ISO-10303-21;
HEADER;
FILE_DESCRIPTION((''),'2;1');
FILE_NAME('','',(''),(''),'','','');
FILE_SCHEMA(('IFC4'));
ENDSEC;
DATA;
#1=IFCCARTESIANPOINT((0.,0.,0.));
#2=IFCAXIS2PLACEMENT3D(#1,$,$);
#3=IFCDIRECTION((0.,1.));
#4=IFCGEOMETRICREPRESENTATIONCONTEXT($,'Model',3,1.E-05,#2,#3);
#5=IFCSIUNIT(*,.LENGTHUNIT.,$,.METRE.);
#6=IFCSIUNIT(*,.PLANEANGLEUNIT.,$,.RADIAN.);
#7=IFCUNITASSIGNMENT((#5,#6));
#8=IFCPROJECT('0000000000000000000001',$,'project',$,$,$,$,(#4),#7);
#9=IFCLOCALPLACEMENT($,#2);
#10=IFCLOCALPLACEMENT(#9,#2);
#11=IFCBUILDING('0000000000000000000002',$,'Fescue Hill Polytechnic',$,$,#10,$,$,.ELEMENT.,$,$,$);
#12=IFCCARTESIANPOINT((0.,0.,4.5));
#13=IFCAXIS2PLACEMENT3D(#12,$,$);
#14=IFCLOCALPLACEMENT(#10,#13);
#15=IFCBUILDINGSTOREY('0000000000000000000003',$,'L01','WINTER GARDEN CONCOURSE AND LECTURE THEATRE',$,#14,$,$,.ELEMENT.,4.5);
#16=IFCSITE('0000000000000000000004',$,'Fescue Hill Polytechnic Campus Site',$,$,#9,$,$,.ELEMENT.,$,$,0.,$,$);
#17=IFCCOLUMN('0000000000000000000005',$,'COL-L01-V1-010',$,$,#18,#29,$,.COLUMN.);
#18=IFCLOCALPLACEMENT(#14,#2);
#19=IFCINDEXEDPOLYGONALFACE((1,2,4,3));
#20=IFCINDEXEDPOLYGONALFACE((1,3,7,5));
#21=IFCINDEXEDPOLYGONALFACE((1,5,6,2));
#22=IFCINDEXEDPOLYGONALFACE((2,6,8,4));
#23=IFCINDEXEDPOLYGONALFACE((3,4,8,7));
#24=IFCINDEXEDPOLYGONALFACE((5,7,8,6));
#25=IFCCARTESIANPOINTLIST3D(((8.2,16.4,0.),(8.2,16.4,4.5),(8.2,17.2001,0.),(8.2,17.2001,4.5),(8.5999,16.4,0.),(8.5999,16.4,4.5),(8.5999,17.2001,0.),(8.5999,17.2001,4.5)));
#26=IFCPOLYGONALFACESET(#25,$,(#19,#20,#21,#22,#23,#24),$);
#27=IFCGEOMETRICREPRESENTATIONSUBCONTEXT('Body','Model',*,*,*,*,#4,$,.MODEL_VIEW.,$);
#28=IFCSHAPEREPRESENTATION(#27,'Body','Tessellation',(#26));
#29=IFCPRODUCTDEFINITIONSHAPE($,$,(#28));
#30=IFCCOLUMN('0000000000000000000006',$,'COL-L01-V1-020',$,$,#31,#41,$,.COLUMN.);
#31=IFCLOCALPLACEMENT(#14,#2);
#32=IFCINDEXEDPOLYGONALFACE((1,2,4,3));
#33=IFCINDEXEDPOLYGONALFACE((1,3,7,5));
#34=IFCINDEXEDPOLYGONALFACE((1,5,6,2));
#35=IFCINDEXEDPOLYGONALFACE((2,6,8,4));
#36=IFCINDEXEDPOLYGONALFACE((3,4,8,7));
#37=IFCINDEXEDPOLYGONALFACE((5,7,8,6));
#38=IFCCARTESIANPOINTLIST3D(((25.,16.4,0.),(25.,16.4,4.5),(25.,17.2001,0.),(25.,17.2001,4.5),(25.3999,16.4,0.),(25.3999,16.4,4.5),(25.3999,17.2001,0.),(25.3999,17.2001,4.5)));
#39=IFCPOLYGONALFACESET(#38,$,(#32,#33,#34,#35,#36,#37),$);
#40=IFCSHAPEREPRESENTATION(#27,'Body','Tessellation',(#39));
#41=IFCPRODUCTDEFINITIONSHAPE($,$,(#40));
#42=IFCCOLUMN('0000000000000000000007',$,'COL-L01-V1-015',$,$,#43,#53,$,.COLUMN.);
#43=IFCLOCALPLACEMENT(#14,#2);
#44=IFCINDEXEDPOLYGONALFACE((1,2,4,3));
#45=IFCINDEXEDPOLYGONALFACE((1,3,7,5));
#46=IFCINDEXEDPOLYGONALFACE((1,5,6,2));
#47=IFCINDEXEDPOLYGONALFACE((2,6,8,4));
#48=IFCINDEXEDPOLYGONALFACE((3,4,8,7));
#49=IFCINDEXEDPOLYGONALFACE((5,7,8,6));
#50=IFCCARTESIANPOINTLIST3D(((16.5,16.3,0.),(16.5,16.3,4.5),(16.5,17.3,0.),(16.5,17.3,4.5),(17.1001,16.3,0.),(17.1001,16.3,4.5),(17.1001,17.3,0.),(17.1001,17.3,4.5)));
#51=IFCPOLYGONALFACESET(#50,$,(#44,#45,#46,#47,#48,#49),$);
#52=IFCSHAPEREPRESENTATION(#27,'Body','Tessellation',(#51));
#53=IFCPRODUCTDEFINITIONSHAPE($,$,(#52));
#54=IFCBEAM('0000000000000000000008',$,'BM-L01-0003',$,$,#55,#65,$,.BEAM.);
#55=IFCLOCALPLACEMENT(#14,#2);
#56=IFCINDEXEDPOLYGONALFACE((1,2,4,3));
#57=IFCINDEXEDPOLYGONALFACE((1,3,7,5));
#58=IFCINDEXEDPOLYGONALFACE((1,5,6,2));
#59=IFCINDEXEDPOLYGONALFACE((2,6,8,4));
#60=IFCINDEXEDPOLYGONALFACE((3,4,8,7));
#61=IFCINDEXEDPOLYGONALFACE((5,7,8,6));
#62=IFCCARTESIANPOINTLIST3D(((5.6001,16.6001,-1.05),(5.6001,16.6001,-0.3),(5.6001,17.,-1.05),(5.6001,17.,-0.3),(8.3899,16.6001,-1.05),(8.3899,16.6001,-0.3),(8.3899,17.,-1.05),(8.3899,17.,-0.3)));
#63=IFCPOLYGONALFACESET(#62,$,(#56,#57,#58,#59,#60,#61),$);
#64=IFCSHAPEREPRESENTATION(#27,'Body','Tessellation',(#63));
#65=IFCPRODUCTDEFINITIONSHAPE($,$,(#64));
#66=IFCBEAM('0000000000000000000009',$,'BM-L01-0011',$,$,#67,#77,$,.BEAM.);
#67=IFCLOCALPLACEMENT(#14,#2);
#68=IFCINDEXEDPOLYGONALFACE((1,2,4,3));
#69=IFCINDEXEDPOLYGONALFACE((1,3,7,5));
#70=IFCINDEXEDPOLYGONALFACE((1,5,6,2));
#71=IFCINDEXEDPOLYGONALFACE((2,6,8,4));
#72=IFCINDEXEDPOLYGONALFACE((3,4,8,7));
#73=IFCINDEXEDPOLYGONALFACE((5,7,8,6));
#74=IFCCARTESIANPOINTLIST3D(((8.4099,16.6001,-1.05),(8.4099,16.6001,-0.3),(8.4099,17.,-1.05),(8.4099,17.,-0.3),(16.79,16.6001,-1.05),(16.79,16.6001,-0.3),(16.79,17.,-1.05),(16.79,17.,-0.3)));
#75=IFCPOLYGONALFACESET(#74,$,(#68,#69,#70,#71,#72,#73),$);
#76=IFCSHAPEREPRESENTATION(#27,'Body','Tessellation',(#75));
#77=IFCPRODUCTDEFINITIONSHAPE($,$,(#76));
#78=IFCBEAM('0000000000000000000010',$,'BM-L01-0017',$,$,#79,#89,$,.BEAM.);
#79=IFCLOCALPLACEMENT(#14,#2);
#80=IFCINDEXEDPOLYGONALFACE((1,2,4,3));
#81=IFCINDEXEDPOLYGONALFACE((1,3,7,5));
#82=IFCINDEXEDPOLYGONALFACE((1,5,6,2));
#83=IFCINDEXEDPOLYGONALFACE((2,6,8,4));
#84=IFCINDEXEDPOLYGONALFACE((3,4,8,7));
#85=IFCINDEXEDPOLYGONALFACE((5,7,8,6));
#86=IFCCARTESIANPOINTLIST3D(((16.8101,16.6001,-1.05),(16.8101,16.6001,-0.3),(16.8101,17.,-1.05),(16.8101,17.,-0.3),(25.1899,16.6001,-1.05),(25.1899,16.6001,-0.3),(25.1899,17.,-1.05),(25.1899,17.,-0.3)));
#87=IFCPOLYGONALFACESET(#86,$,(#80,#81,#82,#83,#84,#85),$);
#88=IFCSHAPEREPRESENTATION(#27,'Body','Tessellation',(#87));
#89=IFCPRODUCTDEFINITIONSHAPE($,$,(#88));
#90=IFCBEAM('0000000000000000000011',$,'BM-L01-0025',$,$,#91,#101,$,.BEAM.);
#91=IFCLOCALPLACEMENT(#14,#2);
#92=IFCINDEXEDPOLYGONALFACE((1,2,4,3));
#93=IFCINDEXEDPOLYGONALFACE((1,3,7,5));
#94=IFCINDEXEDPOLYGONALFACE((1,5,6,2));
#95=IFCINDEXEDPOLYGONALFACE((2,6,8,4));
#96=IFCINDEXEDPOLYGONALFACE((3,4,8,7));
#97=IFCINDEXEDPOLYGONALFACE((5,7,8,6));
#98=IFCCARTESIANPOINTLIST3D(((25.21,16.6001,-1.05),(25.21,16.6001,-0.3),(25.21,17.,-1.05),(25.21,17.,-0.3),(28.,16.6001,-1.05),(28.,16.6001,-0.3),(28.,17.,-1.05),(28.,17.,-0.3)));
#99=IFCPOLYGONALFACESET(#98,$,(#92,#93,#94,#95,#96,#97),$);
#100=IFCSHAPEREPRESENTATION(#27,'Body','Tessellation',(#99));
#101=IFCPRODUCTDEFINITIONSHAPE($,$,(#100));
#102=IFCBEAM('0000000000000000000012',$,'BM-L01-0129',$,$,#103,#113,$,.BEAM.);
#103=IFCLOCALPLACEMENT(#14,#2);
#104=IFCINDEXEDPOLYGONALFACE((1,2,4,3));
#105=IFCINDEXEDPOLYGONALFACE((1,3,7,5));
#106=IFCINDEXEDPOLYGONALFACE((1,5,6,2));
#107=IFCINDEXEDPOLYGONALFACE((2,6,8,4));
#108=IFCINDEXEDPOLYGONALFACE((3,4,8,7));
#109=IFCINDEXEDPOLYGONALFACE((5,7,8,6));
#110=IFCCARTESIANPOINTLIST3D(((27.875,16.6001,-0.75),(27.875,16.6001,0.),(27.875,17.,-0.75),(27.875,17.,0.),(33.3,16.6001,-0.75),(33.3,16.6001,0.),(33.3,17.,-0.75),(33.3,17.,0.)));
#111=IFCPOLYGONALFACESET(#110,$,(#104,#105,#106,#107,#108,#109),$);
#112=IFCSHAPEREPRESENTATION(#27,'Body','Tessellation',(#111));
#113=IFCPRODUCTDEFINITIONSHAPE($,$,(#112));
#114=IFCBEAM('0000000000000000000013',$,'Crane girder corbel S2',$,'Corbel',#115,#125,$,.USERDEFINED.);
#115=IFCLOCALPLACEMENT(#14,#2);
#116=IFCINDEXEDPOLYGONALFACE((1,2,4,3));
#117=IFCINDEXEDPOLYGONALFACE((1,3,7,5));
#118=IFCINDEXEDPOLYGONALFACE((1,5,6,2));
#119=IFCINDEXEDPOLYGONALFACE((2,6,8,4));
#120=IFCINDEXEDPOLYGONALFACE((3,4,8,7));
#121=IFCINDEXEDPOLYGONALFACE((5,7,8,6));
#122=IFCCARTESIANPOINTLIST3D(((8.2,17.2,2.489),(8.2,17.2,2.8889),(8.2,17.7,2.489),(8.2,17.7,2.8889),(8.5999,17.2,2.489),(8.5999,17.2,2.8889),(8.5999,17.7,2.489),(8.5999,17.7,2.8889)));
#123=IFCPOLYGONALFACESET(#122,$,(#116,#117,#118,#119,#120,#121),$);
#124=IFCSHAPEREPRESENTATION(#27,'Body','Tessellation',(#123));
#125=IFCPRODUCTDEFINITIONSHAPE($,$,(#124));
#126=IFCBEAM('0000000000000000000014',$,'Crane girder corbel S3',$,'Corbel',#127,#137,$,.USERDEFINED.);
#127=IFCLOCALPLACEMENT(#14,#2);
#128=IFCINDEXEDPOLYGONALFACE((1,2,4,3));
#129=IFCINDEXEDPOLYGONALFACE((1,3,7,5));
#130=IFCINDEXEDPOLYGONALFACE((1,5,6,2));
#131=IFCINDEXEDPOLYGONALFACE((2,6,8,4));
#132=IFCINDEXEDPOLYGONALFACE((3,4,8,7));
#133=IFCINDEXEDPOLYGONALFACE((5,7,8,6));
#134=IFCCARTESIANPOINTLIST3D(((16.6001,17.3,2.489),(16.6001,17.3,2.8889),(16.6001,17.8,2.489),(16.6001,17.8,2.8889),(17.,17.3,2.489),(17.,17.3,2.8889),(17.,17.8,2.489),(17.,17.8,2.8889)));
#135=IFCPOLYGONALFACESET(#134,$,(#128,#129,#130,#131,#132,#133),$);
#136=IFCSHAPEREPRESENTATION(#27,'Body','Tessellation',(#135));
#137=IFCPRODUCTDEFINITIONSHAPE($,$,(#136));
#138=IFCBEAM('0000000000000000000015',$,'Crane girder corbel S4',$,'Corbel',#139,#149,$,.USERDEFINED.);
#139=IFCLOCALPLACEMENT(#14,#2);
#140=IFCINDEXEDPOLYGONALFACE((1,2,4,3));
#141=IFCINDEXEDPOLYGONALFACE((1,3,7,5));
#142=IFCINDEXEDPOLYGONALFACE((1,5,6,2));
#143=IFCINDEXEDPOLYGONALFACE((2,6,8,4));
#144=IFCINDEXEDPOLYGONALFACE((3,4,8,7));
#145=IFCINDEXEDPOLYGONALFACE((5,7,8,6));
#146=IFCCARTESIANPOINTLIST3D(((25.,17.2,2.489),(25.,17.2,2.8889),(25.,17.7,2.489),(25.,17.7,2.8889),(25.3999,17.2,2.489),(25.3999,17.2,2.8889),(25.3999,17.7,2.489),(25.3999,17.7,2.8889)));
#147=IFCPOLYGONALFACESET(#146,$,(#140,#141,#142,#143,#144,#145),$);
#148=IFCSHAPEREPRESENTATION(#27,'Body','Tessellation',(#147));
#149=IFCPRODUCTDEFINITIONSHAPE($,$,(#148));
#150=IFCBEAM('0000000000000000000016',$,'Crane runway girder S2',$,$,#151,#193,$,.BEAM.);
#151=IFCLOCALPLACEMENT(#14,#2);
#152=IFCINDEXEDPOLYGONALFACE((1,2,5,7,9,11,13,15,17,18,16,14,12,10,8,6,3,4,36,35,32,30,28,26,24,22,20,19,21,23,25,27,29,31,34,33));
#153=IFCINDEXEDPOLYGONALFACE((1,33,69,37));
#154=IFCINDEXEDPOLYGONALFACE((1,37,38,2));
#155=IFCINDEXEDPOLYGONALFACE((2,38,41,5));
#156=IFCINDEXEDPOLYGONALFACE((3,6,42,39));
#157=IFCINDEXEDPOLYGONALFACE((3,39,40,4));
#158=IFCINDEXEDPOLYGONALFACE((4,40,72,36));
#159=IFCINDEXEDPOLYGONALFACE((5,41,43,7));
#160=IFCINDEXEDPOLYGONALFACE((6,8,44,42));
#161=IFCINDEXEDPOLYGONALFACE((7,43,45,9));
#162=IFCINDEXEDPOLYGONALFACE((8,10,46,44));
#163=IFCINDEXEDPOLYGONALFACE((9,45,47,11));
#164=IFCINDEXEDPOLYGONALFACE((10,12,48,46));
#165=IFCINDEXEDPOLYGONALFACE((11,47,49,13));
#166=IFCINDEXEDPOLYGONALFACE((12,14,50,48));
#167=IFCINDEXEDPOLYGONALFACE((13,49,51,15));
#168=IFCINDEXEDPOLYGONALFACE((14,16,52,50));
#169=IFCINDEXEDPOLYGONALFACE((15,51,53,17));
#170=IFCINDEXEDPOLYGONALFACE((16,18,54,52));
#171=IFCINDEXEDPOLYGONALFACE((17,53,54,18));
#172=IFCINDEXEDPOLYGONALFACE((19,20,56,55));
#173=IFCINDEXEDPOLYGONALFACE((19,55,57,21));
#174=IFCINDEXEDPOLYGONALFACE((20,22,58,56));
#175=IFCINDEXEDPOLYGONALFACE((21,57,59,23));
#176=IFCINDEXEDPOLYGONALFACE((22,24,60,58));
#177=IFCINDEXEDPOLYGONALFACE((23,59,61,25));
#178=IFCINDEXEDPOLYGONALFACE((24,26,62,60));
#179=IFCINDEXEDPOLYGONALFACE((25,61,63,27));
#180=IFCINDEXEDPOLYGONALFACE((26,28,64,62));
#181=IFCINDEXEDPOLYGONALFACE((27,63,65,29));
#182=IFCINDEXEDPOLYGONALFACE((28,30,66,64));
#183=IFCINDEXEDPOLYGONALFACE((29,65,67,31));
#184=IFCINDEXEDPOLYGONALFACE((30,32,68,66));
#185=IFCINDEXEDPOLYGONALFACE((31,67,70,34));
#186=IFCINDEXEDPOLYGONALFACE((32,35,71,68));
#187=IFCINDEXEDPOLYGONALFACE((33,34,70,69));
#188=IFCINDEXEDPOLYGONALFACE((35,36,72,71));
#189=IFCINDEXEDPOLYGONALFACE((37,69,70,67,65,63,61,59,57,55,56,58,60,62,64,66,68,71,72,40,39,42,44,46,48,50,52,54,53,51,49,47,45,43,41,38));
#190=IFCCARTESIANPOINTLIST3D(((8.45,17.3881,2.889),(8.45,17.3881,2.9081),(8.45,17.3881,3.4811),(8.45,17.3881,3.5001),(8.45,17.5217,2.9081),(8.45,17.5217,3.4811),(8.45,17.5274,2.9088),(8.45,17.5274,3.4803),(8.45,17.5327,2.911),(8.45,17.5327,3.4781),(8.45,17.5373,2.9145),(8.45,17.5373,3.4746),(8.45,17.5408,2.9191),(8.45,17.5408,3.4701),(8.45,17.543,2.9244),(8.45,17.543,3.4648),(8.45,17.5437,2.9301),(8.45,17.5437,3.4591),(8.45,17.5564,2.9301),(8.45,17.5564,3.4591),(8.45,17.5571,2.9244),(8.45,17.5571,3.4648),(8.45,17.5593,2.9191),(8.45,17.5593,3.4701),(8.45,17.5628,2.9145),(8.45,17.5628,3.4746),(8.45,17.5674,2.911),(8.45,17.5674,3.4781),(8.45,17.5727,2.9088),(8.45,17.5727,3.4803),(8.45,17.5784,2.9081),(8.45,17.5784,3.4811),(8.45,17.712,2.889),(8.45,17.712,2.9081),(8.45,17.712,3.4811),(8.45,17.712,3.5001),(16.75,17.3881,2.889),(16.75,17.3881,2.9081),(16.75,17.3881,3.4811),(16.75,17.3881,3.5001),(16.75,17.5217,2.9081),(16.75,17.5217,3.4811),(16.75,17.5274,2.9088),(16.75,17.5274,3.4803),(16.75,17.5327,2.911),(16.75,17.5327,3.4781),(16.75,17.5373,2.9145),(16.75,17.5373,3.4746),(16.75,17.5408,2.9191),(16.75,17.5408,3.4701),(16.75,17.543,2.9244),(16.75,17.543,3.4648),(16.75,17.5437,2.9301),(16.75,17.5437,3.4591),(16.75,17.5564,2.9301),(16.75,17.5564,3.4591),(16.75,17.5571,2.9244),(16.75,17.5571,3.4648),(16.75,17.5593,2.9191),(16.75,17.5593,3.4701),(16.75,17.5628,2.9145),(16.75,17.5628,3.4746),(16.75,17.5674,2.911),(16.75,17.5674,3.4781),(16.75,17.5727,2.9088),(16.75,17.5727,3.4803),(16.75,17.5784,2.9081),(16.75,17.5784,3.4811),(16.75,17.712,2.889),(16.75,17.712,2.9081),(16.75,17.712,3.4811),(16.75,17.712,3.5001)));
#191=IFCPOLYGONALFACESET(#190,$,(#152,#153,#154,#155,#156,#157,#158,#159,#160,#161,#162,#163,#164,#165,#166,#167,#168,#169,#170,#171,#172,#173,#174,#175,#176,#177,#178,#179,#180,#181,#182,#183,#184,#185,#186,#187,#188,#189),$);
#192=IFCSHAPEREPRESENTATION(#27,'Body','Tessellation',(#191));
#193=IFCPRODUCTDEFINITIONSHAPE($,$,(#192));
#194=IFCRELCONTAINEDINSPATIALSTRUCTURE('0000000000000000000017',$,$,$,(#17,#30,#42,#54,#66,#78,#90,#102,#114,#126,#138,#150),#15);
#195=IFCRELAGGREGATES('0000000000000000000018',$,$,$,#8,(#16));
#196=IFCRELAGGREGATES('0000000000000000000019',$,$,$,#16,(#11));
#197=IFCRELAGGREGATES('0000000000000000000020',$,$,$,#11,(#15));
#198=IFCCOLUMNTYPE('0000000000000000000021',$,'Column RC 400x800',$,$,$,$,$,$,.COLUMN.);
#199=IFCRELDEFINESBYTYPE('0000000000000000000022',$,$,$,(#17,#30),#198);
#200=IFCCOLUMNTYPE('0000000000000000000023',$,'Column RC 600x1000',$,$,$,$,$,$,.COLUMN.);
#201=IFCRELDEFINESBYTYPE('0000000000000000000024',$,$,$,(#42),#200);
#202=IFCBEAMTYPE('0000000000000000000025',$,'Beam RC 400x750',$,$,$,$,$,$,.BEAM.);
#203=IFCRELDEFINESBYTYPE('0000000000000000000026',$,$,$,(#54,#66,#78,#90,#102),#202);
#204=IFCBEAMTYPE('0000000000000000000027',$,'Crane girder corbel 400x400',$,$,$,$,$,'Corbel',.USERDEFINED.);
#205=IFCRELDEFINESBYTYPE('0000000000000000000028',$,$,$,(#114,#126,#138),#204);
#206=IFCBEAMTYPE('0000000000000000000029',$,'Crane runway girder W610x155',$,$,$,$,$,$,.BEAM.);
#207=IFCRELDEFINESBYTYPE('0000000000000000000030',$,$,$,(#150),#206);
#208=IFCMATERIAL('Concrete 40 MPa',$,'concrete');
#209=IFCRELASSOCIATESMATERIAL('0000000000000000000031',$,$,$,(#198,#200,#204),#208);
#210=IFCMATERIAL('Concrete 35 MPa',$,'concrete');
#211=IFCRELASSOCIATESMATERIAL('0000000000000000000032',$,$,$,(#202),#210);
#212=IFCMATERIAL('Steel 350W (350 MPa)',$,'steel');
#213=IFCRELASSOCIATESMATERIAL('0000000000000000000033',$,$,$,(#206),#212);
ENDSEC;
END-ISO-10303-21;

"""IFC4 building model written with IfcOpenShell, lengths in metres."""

from ifc_helpers import new_model, si_unit, direction, frame, origin, origin_2d, place, context, subcontext, project, spatial, rectangle, i_section, extrude, material, material_profile, profile_set, type_object, element, save


model = new_model("IFC4")

# Units and contexts
model_context = context("Model", 3, precision=1e-05, world=origin(), true_north=direction((0.0, 1.0)))
body_context = subcontext(model_context, "Body", "Model", "MODEL_VIEW")
ifc_project = project(units=[si_unit("LENGTHUNIT", "METRE"), si_unit("PLANEANGLEUNIT", "RADIAN")], contexts=[model_context])

# Site, building, storey
site_placement = place(None, origin())
site = spatial("IfcSite", under=ifc_project, at=site_placement, Name="Fescue Hill Polytechnic Campus Site", CompositionType="ELEMENT", RefElevation=0.0)
building_placement = place(site_placement, origin())
building = spatial("IfcBuilding", under=site, at=building_placement, Name="Fescue Hill Polytechnic", CompositionType="ELEMENT")
storey_placement = place(building_placement, frame((0.0, 0.0, 4.5)))
storey = spatial("IfcBuildingStorey", under=building, at=storey_placement, Name="L01", Description="WINTER GARDEN CONCOURSE AND LECTURE THEATRE", CompositionType="ELEMENT", Elevation=4.5)

# Columns
ifc_material_1 = material(Name="Concrete 40 MPa", Category="concrete")
ifc_material_profile_1 = material_profile(ifc_material_1, rectangle(XDim=0.3999, YDim=0.8, at=origin_2d()), Name="RC 400x800")
ifc_profile_set_1 = profile_set([ifc_material_profile_1], Name="Concrete 40 MPa")
column_type_1 = type_object("IfcColumnType", Name="Column RC 400x800", PredefinedType="COLUMN", material=ifc_profile_set_1)
for number, where, z_axis, x_axis, name in (
    (1, (8.3999, 16.8, 0.0), (0.0, 0.0, 1.0), (1.0, 0.0, 0.0), "COL-L01-V1-010"),
    (2, (25.2, 16.8, 0.0), (0.0, 0.0, 1.0), (1.0, 0.0, 0.0), "COL-L01-V1-020"),
):
    element("IfcColumn", number, at=place(storey_placement, frame(where, z_axis=z_axis, x_axis=x_axis)), inside=storey, type_object=column_type_1, Name=name, PredefinedType="COLUMN", context=body_context, shape_type="SweptSolid", body=[
        extrude(rectangle(XDim=0.3999, YDim=0.8, at=origin_2d()), origin(), (0.0, 0.0, 1.0), 4.5),
    ])
ifc_material_profile_2 = material_profile(ifc_material_1, rectangle(XDim=0.6001, YDim=1.0, at=origin_2d()), Name="RC 600x1000")
ifc_profile_set_2 = profile_set([ifc_material_profile_2], Name="Concrete 40 MPa")
column_type_2 = type_object("IfcColumnType", Name="Column RC 600x1000", PredefinedType="COLUMN", material=ifc_profile_set_2)
column_placement = place(storey_placement, frame((16.8, 16.8, 0.0), z_axis=(0.0, 0.0, 1.0), x_axis=(1.0, 0.0, 0.0)))
element("IfcColumn", 3, at=column_placement, inside=storey, type_object=column_type_2, Name="COL-L01-V1-015", PredefinedType="COLUMN", context=body_context, shape_type="SweptSolid", body=[
    extrude(rectangle(XDim=0.6001, YDim=1.0, at=origin_2d()), origin(), (0.0, 0.0, 1.0), 4.5),
])

# Beams
ifc_material_2 = material(Name="Concrete 35 MPa", Category="concrete")
ifc_material_profile_3 = material_profile(ifc_material_2, rectangle(XDim=0.3999, YDim=0.75, at=origin_2d()), Name="RC 400x750")
ifc_profile_set_3 = profile_set([ifc_material_profile_3], Name="Concrete 35 MPa")
beam_type_1 = type_object("IfcBeamType", Name="Beam RC 400x750", PredefinedType="BEAM", material=ifc_profile_set_3)
beam_1_placement = place(storey_placement, frame((5.6001, 16.8, -0.675), z_axis=(1.0, 0.0, 0.0), x_axis=(0.0, 1.0, 0.0)))
element("IfcBeam", 4, at=beam_1_placement, inside=storey, type_object=beam_type_1, Name="BM-L01-0003", PredefinedType="BEAM", context=body_context, shape_type="SweptSolid", body=[
    extrude(rectangle(XDim=0.3999, YDim=0.75, at=origin_2d()), origin(), (0.0, 0.0, 1.0), 2.7898),
])
beam_2_placement = place(storey_placement, frame((8.4099, 16.8, -0.675), z_axis=(1.0, 0.0, 0.0), x_axis=(0.0, 1.0, 0.0)))
element("IfcBeam", 5, at=beam_2_placement, inside=storey, type_object=beam_type_1, Name="BM-L01-0011", PredefinedType="BEAM", context=body_context, shape_type="SweptSolid", body=[
    extrude(rectangle(XDim=0.3999, YDim=0.75, at=origin_2d()), origin(), (0.0, 0.0, 1.0), 8.3801),
])
beam_3_placement = place(storey_placement, frame((16.8101, 16.8, -0.675), z_axis=(1.0, 0.0, 0.0), x_axis=(0.0, 1.0, 0.0)))
element("IfcBeam", 6, at=beam_3_placement, inside=storey, type_object=beam_type_1, Name="BM-L01-0017", PredefinedType="BEAM", context=body_context, shape_type="SweptSolid", body=[
    extrude(rectangle(XDim=0.3999, YDim=0.75, at=origin_2d()), origin(), (0.0, 0.0, 1.0), 8.3799),
])
beam_4_placement = place(storey_placement, frame((25.21, 16.8, -0.675), z_axis=(1.0, 0.0, 0.0), x_axis=(0.0, 1.0, 0.0)))
element("IfcBeam", 7, at=beam_4_placement, inside=storey, type_object=beam_type_1, Name="BM-L01-0025", PredefinedType="BEAM", context=body_context, shape_type="SweptSolid", body=[
    extrude(rectangle(XDim=0.3999, YDim=0.75, at=origin_2d()), origin(), (0.0, 0.0, 1.0), 2.79),
])
beam_5_placement = place(storey_placement, frame((27.875, 16.8, -0.375), z_axis=(1.0, 0.0, 0.0), x_axis=(0.0, 1.0, 0.0)))
element("IfcBeam", 8, at=beam_5_placement, inside=storey, type_object=beam_type_1, Name="BM-L01-0129", PredefinedType="BEAM", context=body_context, shape_type="SweptSolid", body=[
    extrude(rectangle(XDim=0.3999, YDim=0.75, at=origin_2d()), origin(), (0.0, 0.0, 1.0), 5.425),
])
ifc_material_profile_4 = material_profile(ifc_material_1, rectangle(XDim=0.3999, YDim=0.3999, at=origin_2d()), Name="Crane girder corbel 400x400")
ifc_profile_set_4 = profile_set([ifc_material_profile_4], Name="Concrete 40 MPa")
beam_type_2 = type_object("IfcBeamType", Name="Crane girder corbel 400x400", ElementType="Corbel", PredefinedType="USERDEFINED", material=ifc_profile_set_4)
for number, where, z_axis, x_axis, name in (
    (9, (8.3999, 17.2, 2.689), (0.0, 1.0, 0.0), (-1.0, 0.0, 0.0), "Crane girder corbel S2"),
    (10, (16.8, 17.3, 2.689), (0.0, 1.0, 0.0), (-1.0, 0.0, 0.0), "Crane girder corbel S3"),
    (11, (25.2, 17.2, 2.689), (0.0, 1.0, 0.0), (-1.0, 0.0, 0.0), "Crane girder corbel S4"),
):
    element("IfcBeam", number, at=place(storey_placement, frame(where, z_axis=z_axis, x_axis=x_axis)), inside=storey, type_object=beam_type_2, Name=name, ObjectType="Corbel", PredefinedType="USERDEFINED", context=body_context, shape_type="SweptSolid", body=[
        extrude(rectangle(XDim=0.3999, YDim=0.3999, at=origin_2d()), origin(), (0.0, 0.0, 1.0), 0.5),
    ])
ifc_material_3 = material(Name="Steel 350W (350 MPa)", Category="steel")
ifc_material_profile_5 = material_profile(ifc_material_3, i_section(OverallWidth=0.324, OverallDepth=0.6111, WebThickness=0.0127, FlangeThickness=0.019, FilletRadius=0.022, at=origin_2d()), Name="W610x155")
ifc_profile_set_5 = profile_set([ifc_material_profile_5], Name="Steel 350W (350 MPa)")
beam_type_3 = type_object("IfcBeamType", Name="Crane runway girder W610x155", PredefinedType="BEAM", material=ifc_profile_set_5)
beam_6_placement = place(storey_placement, frame((8.45, 17.55, 3.1946), z_axis=(1.0, 0.0, 0.0), x_axis=(0.0, 1.0, 0.0)))
element("IfcBeam", 12, at=beam_6_placement, inside=storey, type_object=beam_type_3, Name="Crane runway girder S2", PredefinedType="BEAM", context=body_context, shape_type="SweptSolid", body=[
    extrude(i_section(OverallWidth=0.324, OverallDepth=0.6111, WebThickness=0.0127, FlangeThickness=0.019, FilletRadius=0.022, at=origin_2d()), origin(), (0.0, 0.0, 1.0), 8.3),
])

save(model, "model.ifc")
